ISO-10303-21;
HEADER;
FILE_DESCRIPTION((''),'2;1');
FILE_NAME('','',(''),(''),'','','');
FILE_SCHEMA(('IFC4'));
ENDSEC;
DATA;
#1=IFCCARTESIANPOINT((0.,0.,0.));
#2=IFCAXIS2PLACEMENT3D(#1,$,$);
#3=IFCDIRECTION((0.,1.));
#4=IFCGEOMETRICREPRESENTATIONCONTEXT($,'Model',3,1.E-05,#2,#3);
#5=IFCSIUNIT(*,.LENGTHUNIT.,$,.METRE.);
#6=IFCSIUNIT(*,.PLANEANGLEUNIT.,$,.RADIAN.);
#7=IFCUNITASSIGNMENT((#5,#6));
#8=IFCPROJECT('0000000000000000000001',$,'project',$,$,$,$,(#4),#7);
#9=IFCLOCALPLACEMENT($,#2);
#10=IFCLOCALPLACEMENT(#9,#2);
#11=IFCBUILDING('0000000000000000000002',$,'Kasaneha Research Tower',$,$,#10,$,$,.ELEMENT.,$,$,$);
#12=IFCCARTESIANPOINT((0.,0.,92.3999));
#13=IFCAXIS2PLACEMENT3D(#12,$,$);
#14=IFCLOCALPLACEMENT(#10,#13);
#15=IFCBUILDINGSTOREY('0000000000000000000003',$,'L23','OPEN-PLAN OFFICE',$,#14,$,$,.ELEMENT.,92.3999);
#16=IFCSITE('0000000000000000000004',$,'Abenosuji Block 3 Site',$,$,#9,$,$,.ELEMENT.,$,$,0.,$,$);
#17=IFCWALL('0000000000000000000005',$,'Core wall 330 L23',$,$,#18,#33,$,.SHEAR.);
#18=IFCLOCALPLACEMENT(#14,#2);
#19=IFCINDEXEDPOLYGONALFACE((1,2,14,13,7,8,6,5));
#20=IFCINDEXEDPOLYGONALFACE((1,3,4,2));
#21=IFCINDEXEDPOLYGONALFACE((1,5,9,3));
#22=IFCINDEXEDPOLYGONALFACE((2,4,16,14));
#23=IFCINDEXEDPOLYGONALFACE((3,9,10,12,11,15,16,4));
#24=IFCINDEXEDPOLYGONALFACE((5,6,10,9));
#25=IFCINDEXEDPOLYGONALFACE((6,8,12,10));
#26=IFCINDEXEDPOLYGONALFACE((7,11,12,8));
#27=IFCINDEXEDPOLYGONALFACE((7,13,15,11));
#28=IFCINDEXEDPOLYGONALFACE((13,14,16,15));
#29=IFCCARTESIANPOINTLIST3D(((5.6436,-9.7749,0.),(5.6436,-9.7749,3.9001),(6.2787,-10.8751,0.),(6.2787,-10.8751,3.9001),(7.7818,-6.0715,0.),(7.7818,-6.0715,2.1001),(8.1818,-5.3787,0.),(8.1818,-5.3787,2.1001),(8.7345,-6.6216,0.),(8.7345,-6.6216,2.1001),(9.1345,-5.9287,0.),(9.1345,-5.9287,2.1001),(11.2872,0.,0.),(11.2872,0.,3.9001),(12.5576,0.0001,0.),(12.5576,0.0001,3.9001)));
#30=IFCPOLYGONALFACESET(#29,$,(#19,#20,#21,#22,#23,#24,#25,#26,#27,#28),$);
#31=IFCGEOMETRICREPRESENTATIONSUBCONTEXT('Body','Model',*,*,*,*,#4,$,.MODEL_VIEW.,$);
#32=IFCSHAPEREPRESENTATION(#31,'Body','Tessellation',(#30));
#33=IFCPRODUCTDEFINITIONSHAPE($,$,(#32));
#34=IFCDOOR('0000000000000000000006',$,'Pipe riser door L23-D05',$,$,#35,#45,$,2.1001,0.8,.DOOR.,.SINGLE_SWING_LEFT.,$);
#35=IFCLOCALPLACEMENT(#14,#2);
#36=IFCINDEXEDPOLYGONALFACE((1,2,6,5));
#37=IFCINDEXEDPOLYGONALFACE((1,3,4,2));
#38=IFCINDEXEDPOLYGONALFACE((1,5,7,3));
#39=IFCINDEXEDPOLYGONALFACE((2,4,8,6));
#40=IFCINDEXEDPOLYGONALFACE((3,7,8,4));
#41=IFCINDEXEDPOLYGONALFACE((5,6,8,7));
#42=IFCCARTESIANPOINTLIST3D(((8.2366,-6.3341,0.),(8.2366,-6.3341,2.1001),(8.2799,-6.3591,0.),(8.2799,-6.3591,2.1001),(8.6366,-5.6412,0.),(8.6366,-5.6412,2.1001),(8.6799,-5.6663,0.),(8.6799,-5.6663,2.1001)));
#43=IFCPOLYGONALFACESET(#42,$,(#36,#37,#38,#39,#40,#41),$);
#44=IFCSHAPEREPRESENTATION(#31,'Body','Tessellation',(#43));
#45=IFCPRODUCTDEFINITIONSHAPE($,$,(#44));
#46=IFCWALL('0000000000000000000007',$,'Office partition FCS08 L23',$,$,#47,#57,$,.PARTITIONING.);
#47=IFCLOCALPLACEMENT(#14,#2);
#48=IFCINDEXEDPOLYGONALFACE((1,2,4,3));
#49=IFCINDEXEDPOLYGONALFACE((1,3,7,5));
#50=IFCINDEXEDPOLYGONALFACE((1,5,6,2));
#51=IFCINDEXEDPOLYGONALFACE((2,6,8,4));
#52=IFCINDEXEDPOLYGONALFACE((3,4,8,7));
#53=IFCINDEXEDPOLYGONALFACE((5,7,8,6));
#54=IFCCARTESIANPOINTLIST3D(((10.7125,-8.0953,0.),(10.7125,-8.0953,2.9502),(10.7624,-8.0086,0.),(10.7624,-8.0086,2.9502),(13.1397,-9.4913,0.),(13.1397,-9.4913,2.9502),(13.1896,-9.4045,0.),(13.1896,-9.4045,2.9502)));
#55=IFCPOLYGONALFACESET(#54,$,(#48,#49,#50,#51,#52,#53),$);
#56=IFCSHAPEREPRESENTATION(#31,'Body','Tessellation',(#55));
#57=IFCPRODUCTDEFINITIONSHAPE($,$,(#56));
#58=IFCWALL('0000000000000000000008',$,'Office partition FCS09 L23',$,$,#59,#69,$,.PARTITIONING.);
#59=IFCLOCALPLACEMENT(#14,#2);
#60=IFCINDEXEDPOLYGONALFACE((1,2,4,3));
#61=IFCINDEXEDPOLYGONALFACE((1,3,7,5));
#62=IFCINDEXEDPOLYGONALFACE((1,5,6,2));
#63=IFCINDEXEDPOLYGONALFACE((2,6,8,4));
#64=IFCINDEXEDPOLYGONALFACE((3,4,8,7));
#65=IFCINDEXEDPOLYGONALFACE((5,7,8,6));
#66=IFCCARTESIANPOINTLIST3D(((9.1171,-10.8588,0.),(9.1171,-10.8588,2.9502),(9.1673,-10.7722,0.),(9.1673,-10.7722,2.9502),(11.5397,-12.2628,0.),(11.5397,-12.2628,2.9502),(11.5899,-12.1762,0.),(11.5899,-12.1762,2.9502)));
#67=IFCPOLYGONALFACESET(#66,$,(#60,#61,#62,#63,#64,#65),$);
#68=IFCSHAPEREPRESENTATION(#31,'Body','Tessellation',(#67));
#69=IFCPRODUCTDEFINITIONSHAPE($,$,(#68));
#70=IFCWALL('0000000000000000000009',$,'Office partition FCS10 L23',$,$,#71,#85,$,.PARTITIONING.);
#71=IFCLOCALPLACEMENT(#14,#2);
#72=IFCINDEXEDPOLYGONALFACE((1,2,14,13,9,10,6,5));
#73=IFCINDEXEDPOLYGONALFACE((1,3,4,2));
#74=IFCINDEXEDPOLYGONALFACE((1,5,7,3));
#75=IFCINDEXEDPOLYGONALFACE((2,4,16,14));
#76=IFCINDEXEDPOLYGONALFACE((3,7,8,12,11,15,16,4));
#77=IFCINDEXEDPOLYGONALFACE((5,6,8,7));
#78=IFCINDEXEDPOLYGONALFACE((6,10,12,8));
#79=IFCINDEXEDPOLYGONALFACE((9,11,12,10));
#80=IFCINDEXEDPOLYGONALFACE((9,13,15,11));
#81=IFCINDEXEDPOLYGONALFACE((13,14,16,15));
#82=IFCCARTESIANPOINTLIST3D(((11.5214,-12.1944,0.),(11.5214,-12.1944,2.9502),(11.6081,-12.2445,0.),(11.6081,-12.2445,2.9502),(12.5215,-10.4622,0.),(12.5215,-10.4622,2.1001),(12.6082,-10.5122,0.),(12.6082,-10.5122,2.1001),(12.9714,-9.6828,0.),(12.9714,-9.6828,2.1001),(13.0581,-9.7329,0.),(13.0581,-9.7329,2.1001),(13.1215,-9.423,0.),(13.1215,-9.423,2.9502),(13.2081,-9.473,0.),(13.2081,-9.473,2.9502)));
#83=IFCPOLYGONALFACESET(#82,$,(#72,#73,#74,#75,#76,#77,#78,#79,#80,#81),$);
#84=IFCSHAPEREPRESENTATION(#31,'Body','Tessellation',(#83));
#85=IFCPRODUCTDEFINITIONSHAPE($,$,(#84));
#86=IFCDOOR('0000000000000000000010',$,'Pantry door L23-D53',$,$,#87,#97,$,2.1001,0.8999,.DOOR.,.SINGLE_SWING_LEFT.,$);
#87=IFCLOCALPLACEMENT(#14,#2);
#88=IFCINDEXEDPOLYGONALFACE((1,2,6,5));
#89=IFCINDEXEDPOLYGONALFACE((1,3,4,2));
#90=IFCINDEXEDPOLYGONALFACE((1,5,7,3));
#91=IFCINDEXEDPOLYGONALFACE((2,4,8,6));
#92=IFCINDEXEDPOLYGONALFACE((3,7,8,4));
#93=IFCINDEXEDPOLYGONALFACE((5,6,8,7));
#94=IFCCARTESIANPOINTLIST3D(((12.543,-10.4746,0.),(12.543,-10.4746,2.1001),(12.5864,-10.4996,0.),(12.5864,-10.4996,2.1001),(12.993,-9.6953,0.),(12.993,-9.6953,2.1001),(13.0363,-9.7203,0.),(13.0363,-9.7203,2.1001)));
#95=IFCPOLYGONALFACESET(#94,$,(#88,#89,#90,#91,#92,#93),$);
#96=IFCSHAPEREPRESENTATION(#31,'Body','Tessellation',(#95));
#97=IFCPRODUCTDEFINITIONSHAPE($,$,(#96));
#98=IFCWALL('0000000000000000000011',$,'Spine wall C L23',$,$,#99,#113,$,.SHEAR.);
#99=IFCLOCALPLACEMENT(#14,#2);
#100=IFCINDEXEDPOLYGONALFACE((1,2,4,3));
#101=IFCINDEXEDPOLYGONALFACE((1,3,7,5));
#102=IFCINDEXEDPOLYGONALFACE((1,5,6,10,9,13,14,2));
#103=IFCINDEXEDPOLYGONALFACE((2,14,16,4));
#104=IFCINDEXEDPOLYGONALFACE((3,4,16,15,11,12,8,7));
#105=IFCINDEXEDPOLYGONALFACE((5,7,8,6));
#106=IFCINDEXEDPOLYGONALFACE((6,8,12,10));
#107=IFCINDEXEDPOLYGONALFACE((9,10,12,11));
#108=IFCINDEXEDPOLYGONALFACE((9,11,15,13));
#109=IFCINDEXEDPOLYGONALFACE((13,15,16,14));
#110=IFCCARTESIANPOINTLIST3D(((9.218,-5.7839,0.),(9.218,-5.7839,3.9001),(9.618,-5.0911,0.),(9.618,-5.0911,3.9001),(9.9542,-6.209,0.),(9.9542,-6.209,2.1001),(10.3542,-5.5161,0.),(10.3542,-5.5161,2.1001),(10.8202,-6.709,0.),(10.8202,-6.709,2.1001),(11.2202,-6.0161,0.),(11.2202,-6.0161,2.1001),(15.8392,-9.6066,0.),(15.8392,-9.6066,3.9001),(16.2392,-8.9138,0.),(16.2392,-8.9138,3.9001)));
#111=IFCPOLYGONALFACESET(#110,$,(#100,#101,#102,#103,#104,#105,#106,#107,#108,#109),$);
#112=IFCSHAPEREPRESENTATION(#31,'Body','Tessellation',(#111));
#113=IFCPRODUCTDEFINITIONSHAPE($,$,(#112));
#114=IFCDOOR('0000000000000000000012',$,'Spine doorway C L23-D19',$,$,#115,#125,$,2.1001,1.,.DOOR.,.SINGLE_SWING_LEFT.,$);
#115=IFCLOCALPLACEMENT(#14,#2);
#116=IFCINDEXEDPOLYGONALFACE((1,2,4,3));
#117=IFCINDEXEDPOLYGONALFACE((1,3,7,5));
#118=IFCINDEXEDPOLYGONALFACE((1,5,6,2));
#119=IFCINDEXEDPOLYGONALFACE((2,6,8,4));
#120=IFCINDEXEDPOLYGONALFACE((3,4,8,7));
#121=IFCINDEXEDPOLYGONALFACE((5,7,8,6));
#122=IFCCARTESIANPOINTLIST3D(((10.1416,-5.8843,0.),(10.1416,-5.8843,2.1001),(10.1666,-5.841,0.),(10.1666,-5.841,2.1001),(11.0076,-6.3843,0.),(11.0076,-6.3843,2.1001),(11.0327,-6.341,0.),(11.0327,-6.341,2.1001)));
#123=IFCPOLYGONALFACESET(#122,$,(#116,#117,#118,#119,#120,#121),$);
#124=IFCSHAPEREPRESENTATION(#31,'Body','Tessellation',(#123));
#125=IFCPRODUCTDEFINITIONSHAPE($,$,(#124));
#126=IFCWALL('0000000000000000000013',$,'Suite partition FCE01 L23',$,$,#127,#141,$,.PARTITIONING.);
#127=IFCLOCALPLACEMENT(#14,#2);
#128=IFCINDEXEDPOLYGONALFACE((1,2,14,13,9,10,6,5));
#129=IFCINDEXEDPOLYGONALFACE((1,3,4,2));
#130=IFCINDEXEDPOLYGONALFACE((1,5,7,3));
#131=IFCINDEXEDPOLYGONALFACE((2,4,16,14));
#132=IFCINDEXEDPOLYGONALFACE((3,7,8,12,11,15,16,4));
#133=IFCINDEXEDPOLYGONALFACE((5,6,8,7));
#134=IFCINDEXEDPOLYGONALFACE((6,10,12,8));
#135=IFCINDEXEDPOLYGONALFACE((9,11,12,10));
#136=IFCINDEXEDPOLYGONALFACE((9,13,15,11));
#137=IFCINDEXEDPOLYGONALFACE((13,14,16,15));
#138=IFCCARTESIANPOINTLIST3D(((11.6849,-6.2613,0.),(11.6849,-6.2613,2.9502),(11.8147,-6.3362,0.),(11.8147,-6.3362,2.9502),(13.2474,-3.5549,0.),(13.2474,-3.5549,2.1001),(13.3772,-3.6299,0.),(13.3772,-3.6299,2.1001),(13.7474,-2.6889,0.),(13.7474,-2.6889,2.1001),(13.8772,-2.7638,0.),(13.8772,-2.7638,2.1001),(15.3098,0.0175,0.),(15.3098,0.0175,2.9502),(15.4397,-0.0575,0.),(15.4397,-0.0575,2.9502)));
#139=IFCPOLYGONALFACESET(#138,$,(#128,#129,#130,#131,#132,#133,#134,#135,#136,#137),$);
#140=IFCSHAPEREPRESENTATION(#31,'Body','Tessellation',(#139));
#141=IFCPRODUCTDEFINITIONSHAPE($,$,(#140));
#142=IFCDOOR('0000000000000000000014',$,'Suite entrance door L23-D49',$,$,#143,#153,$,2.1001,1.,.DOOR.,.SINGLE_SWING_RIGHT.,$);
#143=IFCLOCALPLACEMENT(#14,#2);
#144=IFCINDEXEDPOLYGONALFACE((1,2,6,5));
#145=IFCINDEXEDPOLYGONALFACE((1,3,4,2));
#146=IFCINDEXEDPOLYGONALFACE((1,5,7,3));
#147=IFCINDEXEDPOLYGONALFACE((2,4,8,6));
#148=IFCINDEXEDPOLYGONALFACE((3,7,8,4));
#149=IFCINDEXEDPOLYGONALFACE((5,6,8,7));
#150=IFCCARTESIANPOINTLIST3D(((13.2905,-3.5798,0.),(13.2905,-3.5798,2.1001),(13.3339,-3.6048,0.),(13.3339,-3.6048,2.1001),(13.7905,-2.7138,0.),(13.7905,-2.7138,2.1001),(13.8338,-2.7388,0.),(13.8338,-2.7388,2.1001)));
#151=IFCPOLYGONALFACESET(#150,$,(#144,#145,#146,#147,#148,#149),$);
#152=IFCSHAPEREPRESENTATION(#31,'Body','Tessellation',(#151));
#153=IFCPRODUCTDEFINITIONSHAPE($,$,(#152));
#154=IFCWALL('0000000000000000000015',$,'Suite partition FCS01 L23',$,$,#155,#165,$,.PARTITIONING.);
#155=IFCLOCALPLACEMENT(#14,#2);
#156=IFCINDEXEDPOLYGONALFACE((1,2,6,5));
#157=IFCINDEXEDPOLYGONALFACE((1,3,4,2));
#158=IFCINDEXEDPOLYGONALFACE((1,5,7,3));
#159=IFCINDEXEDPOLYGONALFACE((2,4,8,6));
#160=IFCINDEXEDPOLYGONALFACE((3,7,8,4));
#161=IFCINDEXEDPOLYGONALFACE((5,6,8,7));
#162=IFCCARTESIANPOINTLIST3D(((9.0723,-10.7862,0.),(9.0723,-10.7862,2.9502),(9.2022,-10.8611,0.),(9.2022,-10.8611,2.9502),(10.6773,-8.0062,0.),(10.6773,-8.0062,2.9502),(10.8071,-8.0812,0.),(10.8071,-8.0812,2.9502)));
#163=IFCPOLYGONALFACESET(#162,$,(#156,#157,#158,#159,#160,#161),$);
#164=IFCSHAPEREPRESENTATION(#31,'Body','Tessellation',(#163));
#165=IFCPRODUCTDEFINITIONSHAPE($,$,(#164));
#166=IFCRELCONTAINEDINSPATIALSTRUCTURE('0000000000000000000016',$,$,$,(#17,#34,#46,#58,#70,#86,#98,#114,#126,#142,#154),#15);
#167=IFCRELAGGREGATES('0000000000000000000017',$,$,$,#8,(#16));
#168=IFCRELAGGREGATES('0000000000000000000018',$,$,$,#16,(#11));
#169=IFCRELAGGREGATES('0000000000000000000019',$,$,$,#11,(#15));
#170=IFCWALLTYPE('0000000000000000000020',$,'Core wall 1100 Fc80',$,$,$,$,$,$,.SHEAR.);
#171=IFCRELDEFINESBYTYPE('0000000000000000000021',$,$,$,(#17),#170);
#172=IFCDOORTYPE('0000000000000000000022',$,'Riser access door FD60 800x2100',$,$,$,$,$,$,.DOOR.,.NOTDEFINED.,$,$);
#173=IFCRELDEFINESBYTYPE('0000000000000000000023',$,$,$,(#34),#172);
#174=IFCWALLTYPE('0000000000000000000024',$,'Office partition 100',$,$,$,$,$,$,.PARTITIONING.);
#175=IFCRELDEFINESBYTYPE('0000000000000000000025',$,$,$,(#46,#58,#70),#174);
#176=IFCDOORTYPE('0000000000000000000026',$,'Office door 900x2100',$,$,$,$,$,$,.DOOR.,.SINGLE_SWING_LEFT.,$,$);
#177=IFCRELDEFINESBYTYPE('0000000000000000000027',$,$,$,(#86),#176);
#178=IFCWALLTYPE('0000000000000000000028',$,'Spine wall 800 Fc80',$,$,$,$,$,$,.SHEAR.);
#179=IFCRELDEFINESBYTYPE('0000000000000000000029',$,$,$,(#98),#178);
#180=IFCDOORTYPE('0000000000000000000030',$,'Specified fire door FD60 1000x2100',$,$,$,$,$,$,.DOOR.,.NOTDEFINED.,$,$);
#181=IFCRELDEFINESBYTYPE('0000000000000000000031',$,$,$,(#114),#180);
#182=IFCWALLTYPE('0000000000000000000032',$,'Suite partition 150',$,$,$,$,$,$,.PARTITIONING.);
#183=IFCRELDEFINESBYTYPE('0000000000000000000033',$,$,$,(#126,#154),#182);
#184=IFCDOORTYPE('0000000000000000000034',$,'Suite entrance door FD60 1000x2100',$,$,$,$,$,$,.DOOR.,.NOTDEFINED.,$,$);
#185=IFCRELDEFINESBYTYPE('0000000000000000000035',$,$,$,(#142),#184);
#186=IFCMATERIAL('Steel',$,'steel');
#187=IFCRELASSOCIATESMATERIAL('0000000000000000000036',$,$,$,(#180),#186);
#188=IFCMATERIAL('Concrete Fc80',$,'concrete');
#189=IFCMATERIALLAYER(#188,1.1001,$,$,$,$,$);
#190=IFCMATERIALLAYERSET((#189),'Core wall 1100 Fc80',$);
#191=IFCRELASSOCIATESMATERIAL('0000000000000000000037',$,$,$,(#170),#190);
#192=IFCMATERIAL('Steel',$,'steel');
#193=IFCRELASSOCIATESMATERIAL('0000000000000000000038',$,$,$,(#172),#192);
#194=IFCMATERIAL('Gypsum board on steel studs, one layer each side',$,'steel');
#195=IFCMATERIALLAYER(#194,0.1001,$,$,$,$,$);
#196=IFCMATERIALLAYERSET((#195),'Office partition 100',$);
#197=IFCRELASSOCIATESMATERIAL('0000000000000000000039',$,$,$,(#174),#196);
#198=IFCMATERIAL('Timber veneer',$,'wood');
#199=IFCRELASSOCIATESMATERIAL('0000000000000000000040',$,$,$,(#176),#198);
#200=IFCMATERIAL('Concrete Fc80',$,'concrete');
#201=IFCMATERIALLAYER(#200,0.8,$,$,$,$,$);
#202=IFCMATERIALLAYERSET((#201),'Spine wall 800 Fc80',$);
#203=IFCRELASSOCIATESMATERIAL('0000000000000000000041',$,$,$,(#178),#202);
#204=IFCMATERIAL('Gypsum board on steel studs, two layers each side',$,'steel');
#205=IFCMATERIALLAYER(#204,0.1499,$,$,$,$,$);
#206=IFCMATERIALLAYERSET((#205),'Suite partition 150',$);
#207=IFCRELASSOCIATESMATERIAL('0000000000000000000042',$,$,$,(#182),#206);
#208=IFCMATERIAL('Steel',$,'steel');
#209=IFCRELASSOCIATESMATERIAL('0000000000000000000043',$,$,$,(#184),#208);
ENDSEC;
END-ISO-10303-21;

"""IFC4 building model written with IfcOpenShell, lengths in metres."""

from ifc_helpers import new_model, si_unit, direction, frame, frame_2d, origin, place, context, subcontext, project, spatial, polyline, rectangle, outline, extrude, material, layer, layer_set, type_object, element, fill, save


model = new_model("IFC4")

# Units and contexts
model_context = context("Model", 3, precision=1e-05, world=origin(), true_north=direction((0.0, 1.0)))
body_context = subcontext(model_context, "Body", "Model", "MODEL_VIEW")
ifc_project = project(units=[si_unit("LENGTHUNIT", "METRE"), si_unit("PLANEANGLEUNIT", "RADIAN")], contexts=[model_context])

# Site, building, storey
site_placement = place(None, origin())
site = spatial("IfcSite", under=ifc_project, at=site_placement, Name="Abenosuji Block 3 Site", CompositionType="ELEMENT", RefElevation=0.0)
building_placement = place(site_placement, origin())
building = spatial("IfcBuilding", under=site, at=building_placement, Name="Kasaneha Research Tower", CompositionType="ELEMENT")
storey_placement = place(building_placement, frame((0.0, 0.0, 92.3999)))
storey = spatial("IfcBuildingStorey", under=building, at=storey_placement, Name="L23", Description="OPEN-PLAN OFFICE", CompositionType="ELEMENT", Elevation=92.3999)

# Shared definitions
ifc_material_1 = material(Name="Steel", Category="steel")
door_type_1 = type_object("IfcDoorType", Name="Specified fire door FD60 1000x2100", OperationType="NOTDEFINED", PredefinedType="DOOR", material=ifc_material_1)

# Wall, opening, door
ifc_material_2 = material(Name="Concrete Fc80", Category="concrete")
ifc_layer_1 = layer(ifc_material_2, 1.1001)
ifc_layer_set_1 = layer_set([ifc_layer_1], Name="Core wall 1100 Fc80")
wall_type_1 = type_object("IfcWallType", Name="Core wall 1100 Fc80", PredefinedType="SHEAR", material=ifc_layer_set_1)
wall_1_placement = place(storey_placement, frame((5.9612, -10.325, 0.0), z_axis=(0.0, 0.0, 1.0), x_axis=(0.500004, 0.866023, 0.0)))
wall_1 = element("IfcWall", 1, at=wall_1_placement, inside=storey, type_object=wall_type_1, Name="Core wall 330 L23", PredefinedType="SHEAR", context=body_context, shape_type="SweptSolid", body=[
    extrude(outline(polyline([(-0.3176, -0.55), (4.594, -0.55), (5.394, -0.55), (12.24, -0.55), (11.6047, 0.55), (5.394, 0.55), (4.594, 0.55), (0.3176, 0.55), (-0.3176, -0.55)])), origin(), (0.0, 0.0, 1.0), 3.9001),
])
opening_1_placement = place(wall_1_placement, frame((4.594, 0.0, 0.0)))
opening_1 = element("IfcOpeningElement", 2, at=opening_1_placement, cuts=wall_1, PredefinedType="OPENING", context=body_context, shape_type="SweptSolid", body=[
    extrude(rectangle(XDim=0.8, YDim=2.1001, at=frame_2d((0.3999, 1.05))), frame((0.0, 0.5601, 0.0), z_axis=(0.0, -1.0, 0.0), x_axis=(1.0, 0.0, 0.0)), (0.0, 0.0, 1.0), 1.1201),
])
ifc_material_3 = material(Name="Steel", Category="steel")
door_type_2 = type_object("IfcDoorType", Name="Riser access door FD60 800x2100", OperationType="NOTDEFINED", PredefinedType="DOOR", material=ifc_material_3)
door_1_placement = place(opening_1_placement, origin())
door_1 = element("IfcDoor", 3, at=door_1_placement, inside=storey, type_object=door_type_2, Name="Pipe riser door L23-D05", OperationType="SINGLE_SWING_LEFT", OverallHeight=2.1001, OverallWidth=0.8, PredefinedType="DOOR", context=body_context, shape_type="SweptSolid", body=[
    extrude(rectangle(XDim=0.8, YDim=2.1001, at=frame_2d((0.3999, 1.05))), frame((0.0, 0.0249, 0.0), z_axis=(0.0, -1.0, 0.0), x_axis=(1.0, 0.0, 0.0)), (0.0, 0.0, 1.0), 0.05),
])
fill(opening_1, door_1)

# Walls
ifc_material_4 = material(Name="Gypsum board on steel studs, one layer each side", Category="steel")
ifc_layer_2 = layer(ifc_material_4, 0.1001)
ifc_layer_set_2 = layer_set([ifc_layer_2], Name="Office partition 100")
wall_type_2 = type_object("IfcWallType", Name="Office partition 100", PredefinedType="PARTITIONING", material=ifc_layer_set_2)
for number, where, z_axis, x_axis, name in (
    (4, (10.7375, -8.052, 0.0), (0.0, 0.0, 1.0), (0.866855, -0.49856, 0.0), "Office partition FCS08 L23"),
    (5, (11.5647, -12.2195, 0.0), (0.0, 0.0, 1.0), (-0.865195, 0.501435, 0.0), "Office partition FCS09 L23"),
):
    element("IfcWall", number, at=place(storey_placement, frame(where, z_axis=z_axis, x_axis=x_axis)), inside=storey, type_object=wall_type_2, Name=name, PredefinedType="PARTITIONING", context=body_context, shape_type="SweptSolid", body=[
        extrude(rectangle(XDim=2.8, YDim=0.1001, at=frame_2d((1.3999, 0.0))), origin(), (0.0, 0.0, 1.0), 2.9502),
    ])

# Walls, openings, doors
wall_2_placement = place(storey_placement, frame((13.1648, -9.448, 0.0), z_axis=(0.0, 0.0, 1.0), x_axis=(-0.499995, -0.866028, 0.0)))
wall_2 = element("IfcWall", 6, at=wall_2_placement, inside=storey, type_object=wall_type_2, Name="Office partition FCS10 L23", PredefinedType="PARTITIONING", context=body_context, shape_type="SweptSolid", body=[
    extrude(rectangle(XDim=3.2002, YDim=0.1001, at=frame_2d((1.6001, 0.0))), origin(), (0.0, 0.0, 1.0), 2.9502),
])
opening_2_placement = place(wall_2_placement, frame((0.3, 0.0, 0.0)))
opening_2 = element("IfcOpeningElement", 7, at=opening_2_placement, cuts=wall_2, PredefinedType="OPENING", context=body_context, shape_type="SweptSolid", body=[
    extrude(rectangle(XDim=0.8999, YDim=2.1001, at=frame_2d((0.45, 1.05))), frame((0.0, 0.0601, 0.0), z_axis=(0.0, -1.0, 0.0), x_axis=(1.0, 0.0, 0.0)), (0.0, 0.0, 1.0), 0.1201),
])
ifc_material_5 = material(Name="Timber veneer", Category="wood")
door_type_3 = type_object("IfcDoorType", Name="Office door 900x2100", OperationType="SINGLE_SWING_LEFT", PredefinedType="DOOR", material=ifc_material_5)
door_2_placement = place(opening_2_placement, origin())
door_2 = element("IfcDoor", 8, at=door_2_placement, inside=storey, type_object=door_type_3, Name="Pantry door L23-D53", OperationType="SINGLE_SWING_LEFT", OverallHeight=2.1001, OverallWidth=0.8999, PredefinedType="DOOR", context=body_context, shape_type="SweptSolid", body=[
    extrude(rectangle(XDim=0.8999, YDim=2.1001, at=frame_2d((0.45, 1.05))), frame((0.0, 0.0249, 0.0), z_axis=(0.0, -1.0, 0.0), x_axis=(1.0, 0.0, 0.0)), (0.0, 0.0, 1.0), 0.05),
])
fill(opening_2, door_2)
ifc_material_6 = material(Name="Concrete Fc80", Category="concrete")
ifc_layer_3 = layer(ifc_material_6, 0.8)
ifc_layer_set_3 = layer_set([ifc_layer_3], Name="Spine wall 800 Fc80")
wall_type_3 = type_object("IfcWallType", Name="Spine wall 800 Fc80", PredefinedType="SHEAR", material=ifc_layer_set_3)
wall_3_placement = place(storey_placement, frame((9.418, -5.4375, 0.0), z_axis=(0.0, 0.0, 1.0), x_axis=(0.86603, -0.499992, 0.0)))
wall_3 = element("IfcWall", 9, at=wall_3_placement, inside=storey, type_object=wall_type_3, Name="Spine wall C L23", PredefinedType="SHEAR", context=body_context, shape_type="SweptSolid", body=[
    extrude(rectangle(XDim=7.6455, YDim=0.8, at=frame_2d((3.8228, 0.0))), origin(), (0.0, 0.0, 1.0), 3.9001),
])
opening_3_placement = place(wall_3_placement, frame((0.8501, 0.0, 0.0)))
opening_3 = element("IfcOpeningElement", 10, at=opening_3_placement, cuts=wall_3, PredefinedType="OPENING", context=body_context, shape_type="SweptSolid", body=[
    extrude(rectangle(XDim=1.0, YDim=2.1001, at=frame_2d((0.5, 1.05))), frame((0.0, 0.4102, 0.0), z_axis=(0.0, -1.0, 0.0), x_axis=(1.0, 0.0, 0.0)), (0.0, 0.0, 1.0), 0.8201),
])
door_3_placement = place(opening_3_placement, origin())
door_3 = element("IfcDoor", 11, at=door_3_placement, inside=storey, type_object=door_type_1, Name="Spine doorway C L23-D19", OperationType="SINGLE_SWING_LEFT", OverallHeight=2.1001, OverallWidth=1.0, PredefinedType="DOOR", context=body_context, shape_type="SweptSolid", body=[
    extrude(rectangle(XDim=1.0, YDim=2.1001, at=frame_2d((0.5, 1.05))), frame((0.0, 0.0249, 0.0), z_axis=(0.0, -1.0, 0.0), x_axis=(1.0, 0.0, 0.0)), (0.0, 0.0, 1.0), 0.05),
])
fill(opening_3, door_3)
ifc_material_7 = material(Name="Gypsum board on steel studs, two layers each side", Category="steel")
ifc_layer_4 = layer(ifc_material_7, 0.1499)
ifc_layer_set_4 = layer_set([ifc_layer_4], Name="Suite partition 150")
wall_type_4 = type_object("IfcWallType", Name="Suite partition 150", PredefinedType="PARTITIONING", material=ifc_layer_set_4)
wall_4_placement = place(storey_placement, frame((15.3748, -0.02, 0.0), z_axis=(0.0, 0.0, 1.0), x_axis=(-0.499993, -0.86603, 0.0)))
wall_4 = element("IfcWall", 12, at=wall_4_placement, inside=storey, type_object=wall_type_4, Name="Suite partition FCE01 L23", PredefinedType="PARTITIONING", context=body_context, shape_type="SweptSolid", body=[
    extrude(rectangle(XDim=7.25, YDim=0.1499, at=frame_2d((3.625, 0.0))), origin(), (0.0, 0.0, 1.0), 2.9502),
])
opening_4_placement = place(wall_4_placement, frame((3.125, 0.0, 0.0)))
opening_4 = element("IfcOpeningElement", 13, at=opening_4_placement, cuts=wall_4, PredefinedType="OPENING", context=body_context, shape_type="SweptSolid", body=[
    extrude(rectangle(XDim=1.0, YDim=2.1001, at=frame_2d((0.5, 1.05))), frame((0.0, 0.085, 0.0), z_axis=(0.0, -1.0, 0.0), x_axis=(1.0, 0.0, 0.0)), (0.0, 0.0, 1.0), 0.1699),
])
ifc_material_8 = material(Name="Steel", Category="steel")
door_type_4 = type_object("IfcDoorType", Name="Suite entrance door FD60 1000x2100", OperationType="NOTDEFINED", PredefinedType="DOOR", material=ifc_material_8)
door_4_placement = place(opening_4_placement, origin())
door_4 = element("IfcDoor", 14, at=door_4_placement, inside=storey, type_object=door_type_4, Name="Suite entrance door L23-D49", OperationType="SINGLE_SWING_RIGHT", OverallHeight=2.1001, OverallWidth=1.0, PredefinedType="DOOR", context=body_context, shape_type="SweptSolid", body=[
    extrude(rectangle(XDim=1.0, YDim=2.1001, at=frame_2d((0.5, 1.05))), frame((0.0, 0.0249, 0.0), z_axis=(0.0, -1.0, 0.0), x_axis=(1.0, 0.0, 0.0)), (0.0, 0.0, 1.0), 0.05),
])
fill(opening_4, door_4)

# Wall
wall_5_placement = place(storey_placement, frame((10.7422, -8.0437, 0.0), z_axis=(0.0, 0.0, 1.0), x_axis=(-0.499984, -0.866035, 0.0)))
element("IfcWall", 15, at=wall_5_placement, inside=storey, type_object=wall_type_4, Name="Suite partition FCS01 L23", PredefinedType="PARTITIONING", context=body_context, shape_type="SweptSolid", body=[
    extrude(rectangle(XDim=3.21, YDim=0.1499, at=frame_2d((1.605, 0.0))), origin(), (0.0, 0.0, 1.0), 2.9502),
])

save(model, "model.ifc")
